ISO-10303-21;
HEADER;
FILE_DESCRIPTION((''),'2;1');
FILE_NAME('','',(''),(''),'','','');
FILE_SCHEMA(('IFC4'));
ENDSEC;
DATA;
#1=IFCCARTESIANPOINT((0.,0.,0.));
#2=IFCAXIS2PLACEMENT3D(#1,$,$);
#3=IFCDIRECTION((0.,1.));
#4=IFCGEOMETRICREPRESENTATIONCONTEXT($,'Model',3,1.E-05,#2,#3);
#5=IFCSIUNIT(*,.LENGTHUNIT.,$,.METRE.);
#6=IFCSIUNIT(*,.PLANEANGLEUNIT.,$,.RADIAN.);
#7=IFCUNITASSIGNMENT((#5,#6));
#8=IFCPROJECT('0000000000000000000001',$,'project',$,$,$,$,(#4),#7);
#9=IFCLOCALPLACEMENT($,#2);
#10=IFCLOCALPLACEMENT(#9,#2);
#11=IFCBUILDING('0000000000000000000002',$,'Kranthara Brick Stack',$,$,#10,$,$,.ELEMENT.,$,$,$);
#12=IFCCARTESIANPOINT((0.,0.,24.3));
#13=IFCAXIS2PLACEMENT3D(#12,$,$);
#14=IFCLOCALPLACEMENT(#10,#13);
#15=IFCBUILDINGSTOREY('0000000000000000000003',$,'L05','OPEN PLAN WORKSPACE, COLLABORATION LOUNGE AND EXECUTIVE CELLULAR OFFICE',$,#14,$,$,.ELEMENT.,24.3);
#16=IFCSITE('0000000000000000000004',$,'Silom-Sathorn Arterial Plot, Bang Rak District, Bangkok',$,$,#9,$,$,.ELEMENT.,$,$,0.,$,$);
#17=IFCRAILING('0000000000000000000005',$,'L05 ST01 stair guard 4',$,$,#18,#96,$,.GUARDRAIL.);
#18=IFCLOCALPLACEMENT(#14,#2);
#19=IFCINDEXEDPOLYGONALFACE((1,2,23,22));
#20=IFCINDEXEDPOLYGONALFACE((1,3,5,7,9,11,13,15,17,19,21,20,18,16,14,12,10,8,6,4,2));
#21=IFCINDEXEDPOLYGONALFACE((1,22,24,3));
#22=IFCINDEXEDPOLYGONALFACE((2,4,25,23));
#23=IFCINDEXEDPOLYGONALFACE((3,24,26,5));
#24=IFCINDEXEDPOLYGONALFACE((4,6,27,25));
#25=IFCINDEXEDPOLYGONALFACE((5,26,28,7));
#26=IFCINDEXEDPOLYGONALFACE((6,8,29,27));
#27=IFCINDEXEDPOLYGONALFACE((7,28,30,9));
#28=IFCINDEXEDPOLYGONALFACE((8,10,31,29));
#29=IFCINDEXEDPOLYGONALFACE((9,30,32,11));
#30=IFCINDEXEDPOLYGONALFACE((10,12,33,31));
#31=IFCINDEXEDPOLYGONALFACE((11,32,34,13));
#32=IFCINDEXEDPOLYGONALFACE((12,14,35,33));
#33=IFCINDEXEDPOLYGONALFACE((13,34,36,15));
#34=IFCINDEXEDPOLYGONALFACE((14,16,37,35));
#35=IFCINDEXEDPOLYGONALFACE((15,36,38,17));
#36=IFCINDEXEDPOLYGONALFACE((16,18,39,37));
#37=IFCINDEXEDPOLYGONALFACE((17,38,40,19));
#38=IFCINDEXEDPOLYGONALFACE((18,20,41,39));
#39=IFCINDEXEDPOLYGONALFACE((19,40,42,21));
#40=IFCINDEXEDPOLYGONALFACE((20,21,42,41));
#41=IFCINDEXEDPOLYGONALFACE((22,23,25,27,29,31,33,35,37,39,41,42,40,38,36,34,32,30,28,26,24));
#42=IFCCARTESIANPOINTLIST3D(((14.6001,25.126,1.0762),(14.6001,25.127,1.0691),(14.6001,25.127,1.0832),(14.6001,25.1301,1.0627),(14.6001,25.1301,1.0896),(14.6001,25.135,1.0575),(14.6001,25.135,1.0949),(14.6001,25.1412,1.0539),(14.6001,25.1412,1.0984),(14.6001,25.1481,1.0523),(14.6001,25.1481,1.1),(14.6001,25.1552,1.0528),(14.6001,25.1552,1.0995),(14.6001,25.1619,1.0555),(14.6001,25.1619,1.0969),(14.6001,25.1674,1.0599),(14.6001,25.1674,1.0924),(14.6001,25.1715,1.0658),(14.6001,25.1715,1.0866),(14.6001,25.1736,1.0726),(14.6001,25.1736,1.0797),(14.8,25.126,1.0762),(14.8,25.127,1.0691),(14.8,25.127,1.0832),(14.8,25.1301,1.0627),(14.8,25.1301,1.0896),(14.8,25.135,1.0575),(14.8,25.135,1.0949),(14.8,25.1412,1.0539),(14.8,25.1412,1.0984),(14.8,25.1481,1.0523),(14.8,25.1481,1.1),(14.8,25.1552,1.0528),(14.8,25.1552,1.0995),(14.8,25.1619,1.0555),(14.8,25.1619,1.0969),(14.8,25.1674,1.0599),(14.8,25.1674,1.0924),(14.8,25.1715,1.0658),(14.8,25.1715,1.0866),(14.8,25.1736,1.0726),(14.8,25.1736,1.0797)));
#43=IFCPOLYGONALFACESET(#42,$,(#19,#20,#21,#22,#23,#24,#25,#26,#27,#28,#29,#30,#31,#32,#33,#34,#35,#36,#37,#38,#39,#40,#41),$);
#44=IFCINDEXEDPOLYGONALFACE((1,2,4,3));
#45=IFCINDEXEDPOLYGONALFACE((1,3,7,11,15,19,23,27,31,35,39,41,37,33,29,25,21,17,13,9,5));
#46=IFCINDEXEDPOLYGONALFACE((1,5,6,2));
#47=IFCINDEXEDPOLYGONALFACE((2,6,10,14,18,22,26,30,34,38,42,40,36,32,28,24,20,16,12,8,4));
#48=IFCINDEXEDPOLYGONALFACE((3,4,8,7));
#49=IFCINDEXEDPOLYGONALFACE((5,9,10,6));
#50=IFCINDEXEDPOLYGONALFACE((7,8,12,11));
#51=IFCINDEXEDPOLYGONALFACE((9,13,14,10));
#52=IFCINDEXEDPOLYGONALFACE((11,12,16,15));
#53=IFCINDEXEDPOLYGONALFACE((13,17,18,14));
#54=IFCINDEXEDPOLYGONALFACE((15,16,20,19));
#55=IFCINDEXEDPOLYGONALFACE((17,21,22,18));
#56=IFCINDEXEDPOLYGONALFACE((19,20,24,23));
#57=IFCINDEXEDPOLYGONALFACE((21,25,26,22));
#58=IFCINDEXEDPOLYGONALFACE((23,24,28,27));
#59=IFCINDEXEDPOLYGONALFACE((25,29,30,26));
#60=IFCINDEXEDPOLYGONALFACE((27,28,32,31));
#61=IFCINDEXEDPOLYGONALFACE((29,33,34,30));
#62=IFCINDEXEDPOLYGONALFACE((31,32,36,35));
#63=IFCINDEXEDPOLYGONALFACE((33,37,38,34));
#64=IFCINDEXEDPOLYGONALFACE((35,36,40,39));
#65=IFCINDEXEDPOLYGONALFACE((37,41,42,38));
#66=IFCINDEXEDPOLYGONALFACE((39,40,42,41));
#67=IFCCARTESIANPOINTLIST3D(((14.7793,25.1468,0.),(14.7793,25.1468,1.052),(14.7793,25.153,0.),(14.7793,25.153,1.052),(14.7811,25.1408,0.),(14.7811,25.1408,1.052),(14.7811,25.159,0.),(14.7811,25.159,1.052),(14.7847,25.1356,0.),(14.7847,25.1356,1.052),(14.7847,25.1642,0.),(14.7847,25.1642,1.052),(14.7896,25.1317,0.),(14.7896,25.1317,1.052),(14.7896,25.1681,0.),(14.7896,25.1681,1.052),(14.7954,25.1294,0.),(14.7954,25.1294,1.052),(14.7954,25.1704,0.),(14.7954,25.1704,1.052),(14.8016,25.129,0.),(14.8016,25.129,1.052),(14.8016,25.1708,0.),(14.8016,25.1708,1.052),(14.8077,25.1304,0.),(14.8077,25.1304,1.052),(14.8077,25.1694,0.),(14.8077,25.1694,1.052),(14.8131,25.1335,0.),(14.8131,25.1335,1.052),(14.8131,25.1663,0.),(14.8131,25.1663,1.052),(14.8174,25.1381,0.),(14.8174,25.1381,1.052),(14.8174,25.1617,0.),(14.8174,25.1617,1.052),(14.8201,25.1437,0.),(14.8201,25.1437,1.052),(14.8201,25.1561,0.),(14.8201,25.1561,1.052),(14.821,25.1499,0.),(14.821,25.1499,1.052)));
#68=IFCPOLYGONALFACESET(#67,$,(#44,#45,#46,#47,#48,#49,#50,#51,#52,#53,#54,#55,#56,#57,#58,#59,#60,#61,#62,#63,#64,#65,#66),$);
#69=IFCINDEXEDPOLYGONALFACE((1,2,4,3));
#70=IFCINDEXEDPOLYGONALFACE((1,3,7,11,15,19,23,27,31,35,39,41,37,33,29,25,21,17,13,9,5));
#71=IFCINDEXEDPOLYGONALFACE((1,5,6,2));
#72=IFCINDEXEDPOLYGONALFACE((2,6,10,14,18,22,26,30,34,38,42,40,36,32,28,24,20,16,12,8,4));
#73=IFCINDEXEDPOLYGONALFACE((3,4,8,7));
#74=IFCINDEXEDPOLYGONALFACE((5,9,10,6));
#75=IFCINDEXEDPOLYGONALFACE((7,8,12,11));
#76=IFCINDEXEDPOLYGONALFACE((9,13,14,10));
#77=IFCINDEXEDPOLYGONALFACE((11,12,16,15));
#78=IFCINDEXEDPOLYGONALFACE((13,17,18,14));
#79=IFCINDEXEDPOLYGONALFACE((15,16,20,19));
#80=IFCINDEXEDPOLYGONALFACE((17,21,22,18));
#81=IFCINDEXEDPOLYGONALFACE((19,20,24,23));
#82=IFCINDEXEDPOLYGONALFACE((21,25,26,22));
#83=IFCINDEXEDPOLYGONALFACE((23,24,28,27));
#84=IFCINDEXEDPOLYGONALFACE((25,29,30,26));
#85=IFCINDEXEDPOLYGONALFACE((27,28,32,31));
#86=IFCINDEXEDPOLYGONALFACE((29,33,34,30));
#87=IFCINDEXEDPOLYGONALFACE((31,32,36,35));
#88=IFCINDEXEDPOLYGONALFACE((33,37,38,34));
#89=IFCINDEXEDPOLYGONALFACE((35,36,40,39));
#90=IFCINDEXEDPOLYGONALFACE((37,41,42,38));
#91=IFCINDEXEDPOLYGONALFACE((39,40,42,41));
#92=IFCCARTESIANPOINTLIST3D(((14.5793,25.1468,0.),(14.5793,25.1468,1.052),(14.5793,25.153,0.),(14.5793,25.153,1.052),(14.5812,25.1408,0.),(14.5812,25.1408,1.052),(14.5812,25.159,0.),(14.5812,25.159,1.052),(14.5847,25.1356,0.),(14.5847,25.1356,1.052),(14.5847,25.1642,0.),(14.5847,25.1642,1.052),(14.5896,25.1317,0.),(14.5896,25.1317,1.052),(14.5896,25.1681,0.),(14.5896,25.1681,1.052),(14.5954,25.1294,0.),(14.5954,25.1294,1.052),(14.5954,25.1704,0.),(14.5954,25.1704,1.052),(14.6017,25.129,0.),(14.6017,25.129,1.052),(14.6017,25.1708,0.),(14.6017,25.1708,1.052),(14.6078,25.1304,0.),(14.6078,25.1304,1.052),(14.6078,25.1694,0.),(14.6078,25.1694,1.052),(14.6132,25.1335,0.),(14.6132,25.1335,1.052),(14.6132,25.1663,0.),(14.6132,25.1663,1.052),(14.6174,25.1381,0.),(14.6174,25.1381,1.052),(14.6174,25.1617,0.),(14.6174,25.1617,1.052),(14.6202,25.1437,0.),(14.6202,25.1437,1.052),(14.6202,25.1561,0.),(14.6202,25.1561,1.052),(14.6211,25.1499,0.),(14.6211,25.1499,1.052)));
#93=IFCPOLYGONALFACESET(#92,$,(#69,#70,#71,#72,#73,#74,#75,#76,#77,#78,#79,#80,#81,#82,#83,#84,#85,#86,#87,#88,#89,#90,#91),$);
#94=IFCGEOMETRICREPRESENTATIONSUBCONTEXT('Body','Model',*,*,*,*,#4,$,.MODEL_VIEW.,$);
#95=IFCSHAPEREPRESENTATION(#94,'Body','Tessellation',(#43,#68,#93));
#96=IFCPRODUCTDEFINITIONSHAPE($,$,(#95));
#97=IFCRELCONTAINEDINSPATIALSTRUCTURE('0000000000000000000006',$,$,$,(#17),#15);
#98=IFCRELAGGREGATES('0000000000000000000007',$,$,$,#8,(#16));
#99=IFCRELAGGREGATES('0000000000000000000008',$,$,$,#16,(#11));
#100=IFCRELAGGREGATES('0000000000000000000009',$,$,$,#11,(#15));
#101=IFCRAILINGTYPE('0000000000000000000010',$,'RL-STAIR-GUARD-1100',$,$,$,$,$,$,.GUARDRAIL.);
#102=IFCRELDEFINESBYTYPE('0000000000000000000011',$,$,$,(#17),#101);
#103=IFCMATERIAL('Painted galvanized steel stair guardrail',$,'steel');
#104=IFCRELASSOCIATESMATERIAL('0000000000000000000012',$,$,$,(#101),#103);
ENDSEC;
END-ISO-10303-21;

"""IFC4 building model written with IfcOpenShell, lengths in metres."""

from ifc_helpers import new_model, si_unit, direction, frame, origin, origin_2d, place, context, subcontext, project, spatial, circle, extrude, material, type_object, element, save


model = new_model("IFC4")

# Units and contexts
model_context = context("Model", 3, precision=1e-05, world=origin(), true_north=direction((0.0, 1.0)))
body_context = subcontext(model_context, "Body", "Model", "MODEL_VIEW")
ifc_project = project(units=[si_unit("LENGTHUNIT", "METRE"), si_unit("PLANEANGLEUNIT", "RADIAN")], contexts=[model_context])

# Site, building, storey
site_placement = place(None, origin())
site = spatial("IfcSite", under=ifc_project, at=site_placement, Name="Silom-Sathorn Arterial Plot, Bang Rak District, Bangkok", CompositionType="ELEMENT", RefElevation=0.0)
building_placement = place(site_placement, origin())
building = spatial("IfcBuilding", under=site, at=building_placement, Name="Kranthara Brick Stack", CompositionType="ELEMENT")
storey_placement = place(building_placement, frame((0.0, 0.0, 24.3)))
storey = spatial("IfcBuildingStorey", under=building, at=storey_placement, Name="L05", Description="OPEN PLAN WORKSPACE, COLLABORATION LOUNGE AND EXECUTIVE CELLULAR OFFICE", CompositionType="ELEMENT", Elevation=24.3)

# Railing
ifc_material_1 = material(Name="Painted galvanized steel stair guardrail", Category="steel")
railing_type_1 = type_object("IfcRailingType", Name="RL-STAIR-GUARD-1100", PredefinedType="GUARDRAIL", material=ifc_material_1)
railing_1_placement = place(storey_placement, frame((14.8, 25.1499, 0.0)))
element("IfcRailing", 1, at=railing_1_placement, inside=storey, type_object=railing_type_1, Name="L05 ST01 stair guard 4", PredefinedType="GUARDRAIL", context=body_context, shape_type="SweptSolid", body=[
    extrude(circle(Radius=0.0239, at=origin_2d()), frame((0.0, 0.0, 1.0762), z_axis=(-1.0, 0.0, 0.0), x_axis=(0.0, -1.0, 0.0)), (0.0, 0.0, 1.0), 0.2),
    extrude(circle(Radius=0.021, at=origin_2d()), origin(), (0.0, 0.0, 1.0), 1.052),
    extrude(circle(Radius=0.021, at=origin_2d()), frame((-0.2, 0.0, 0.0)), (0.0, 0.0, 1.0), 1.052),
])

save(model, "model.ifc")
